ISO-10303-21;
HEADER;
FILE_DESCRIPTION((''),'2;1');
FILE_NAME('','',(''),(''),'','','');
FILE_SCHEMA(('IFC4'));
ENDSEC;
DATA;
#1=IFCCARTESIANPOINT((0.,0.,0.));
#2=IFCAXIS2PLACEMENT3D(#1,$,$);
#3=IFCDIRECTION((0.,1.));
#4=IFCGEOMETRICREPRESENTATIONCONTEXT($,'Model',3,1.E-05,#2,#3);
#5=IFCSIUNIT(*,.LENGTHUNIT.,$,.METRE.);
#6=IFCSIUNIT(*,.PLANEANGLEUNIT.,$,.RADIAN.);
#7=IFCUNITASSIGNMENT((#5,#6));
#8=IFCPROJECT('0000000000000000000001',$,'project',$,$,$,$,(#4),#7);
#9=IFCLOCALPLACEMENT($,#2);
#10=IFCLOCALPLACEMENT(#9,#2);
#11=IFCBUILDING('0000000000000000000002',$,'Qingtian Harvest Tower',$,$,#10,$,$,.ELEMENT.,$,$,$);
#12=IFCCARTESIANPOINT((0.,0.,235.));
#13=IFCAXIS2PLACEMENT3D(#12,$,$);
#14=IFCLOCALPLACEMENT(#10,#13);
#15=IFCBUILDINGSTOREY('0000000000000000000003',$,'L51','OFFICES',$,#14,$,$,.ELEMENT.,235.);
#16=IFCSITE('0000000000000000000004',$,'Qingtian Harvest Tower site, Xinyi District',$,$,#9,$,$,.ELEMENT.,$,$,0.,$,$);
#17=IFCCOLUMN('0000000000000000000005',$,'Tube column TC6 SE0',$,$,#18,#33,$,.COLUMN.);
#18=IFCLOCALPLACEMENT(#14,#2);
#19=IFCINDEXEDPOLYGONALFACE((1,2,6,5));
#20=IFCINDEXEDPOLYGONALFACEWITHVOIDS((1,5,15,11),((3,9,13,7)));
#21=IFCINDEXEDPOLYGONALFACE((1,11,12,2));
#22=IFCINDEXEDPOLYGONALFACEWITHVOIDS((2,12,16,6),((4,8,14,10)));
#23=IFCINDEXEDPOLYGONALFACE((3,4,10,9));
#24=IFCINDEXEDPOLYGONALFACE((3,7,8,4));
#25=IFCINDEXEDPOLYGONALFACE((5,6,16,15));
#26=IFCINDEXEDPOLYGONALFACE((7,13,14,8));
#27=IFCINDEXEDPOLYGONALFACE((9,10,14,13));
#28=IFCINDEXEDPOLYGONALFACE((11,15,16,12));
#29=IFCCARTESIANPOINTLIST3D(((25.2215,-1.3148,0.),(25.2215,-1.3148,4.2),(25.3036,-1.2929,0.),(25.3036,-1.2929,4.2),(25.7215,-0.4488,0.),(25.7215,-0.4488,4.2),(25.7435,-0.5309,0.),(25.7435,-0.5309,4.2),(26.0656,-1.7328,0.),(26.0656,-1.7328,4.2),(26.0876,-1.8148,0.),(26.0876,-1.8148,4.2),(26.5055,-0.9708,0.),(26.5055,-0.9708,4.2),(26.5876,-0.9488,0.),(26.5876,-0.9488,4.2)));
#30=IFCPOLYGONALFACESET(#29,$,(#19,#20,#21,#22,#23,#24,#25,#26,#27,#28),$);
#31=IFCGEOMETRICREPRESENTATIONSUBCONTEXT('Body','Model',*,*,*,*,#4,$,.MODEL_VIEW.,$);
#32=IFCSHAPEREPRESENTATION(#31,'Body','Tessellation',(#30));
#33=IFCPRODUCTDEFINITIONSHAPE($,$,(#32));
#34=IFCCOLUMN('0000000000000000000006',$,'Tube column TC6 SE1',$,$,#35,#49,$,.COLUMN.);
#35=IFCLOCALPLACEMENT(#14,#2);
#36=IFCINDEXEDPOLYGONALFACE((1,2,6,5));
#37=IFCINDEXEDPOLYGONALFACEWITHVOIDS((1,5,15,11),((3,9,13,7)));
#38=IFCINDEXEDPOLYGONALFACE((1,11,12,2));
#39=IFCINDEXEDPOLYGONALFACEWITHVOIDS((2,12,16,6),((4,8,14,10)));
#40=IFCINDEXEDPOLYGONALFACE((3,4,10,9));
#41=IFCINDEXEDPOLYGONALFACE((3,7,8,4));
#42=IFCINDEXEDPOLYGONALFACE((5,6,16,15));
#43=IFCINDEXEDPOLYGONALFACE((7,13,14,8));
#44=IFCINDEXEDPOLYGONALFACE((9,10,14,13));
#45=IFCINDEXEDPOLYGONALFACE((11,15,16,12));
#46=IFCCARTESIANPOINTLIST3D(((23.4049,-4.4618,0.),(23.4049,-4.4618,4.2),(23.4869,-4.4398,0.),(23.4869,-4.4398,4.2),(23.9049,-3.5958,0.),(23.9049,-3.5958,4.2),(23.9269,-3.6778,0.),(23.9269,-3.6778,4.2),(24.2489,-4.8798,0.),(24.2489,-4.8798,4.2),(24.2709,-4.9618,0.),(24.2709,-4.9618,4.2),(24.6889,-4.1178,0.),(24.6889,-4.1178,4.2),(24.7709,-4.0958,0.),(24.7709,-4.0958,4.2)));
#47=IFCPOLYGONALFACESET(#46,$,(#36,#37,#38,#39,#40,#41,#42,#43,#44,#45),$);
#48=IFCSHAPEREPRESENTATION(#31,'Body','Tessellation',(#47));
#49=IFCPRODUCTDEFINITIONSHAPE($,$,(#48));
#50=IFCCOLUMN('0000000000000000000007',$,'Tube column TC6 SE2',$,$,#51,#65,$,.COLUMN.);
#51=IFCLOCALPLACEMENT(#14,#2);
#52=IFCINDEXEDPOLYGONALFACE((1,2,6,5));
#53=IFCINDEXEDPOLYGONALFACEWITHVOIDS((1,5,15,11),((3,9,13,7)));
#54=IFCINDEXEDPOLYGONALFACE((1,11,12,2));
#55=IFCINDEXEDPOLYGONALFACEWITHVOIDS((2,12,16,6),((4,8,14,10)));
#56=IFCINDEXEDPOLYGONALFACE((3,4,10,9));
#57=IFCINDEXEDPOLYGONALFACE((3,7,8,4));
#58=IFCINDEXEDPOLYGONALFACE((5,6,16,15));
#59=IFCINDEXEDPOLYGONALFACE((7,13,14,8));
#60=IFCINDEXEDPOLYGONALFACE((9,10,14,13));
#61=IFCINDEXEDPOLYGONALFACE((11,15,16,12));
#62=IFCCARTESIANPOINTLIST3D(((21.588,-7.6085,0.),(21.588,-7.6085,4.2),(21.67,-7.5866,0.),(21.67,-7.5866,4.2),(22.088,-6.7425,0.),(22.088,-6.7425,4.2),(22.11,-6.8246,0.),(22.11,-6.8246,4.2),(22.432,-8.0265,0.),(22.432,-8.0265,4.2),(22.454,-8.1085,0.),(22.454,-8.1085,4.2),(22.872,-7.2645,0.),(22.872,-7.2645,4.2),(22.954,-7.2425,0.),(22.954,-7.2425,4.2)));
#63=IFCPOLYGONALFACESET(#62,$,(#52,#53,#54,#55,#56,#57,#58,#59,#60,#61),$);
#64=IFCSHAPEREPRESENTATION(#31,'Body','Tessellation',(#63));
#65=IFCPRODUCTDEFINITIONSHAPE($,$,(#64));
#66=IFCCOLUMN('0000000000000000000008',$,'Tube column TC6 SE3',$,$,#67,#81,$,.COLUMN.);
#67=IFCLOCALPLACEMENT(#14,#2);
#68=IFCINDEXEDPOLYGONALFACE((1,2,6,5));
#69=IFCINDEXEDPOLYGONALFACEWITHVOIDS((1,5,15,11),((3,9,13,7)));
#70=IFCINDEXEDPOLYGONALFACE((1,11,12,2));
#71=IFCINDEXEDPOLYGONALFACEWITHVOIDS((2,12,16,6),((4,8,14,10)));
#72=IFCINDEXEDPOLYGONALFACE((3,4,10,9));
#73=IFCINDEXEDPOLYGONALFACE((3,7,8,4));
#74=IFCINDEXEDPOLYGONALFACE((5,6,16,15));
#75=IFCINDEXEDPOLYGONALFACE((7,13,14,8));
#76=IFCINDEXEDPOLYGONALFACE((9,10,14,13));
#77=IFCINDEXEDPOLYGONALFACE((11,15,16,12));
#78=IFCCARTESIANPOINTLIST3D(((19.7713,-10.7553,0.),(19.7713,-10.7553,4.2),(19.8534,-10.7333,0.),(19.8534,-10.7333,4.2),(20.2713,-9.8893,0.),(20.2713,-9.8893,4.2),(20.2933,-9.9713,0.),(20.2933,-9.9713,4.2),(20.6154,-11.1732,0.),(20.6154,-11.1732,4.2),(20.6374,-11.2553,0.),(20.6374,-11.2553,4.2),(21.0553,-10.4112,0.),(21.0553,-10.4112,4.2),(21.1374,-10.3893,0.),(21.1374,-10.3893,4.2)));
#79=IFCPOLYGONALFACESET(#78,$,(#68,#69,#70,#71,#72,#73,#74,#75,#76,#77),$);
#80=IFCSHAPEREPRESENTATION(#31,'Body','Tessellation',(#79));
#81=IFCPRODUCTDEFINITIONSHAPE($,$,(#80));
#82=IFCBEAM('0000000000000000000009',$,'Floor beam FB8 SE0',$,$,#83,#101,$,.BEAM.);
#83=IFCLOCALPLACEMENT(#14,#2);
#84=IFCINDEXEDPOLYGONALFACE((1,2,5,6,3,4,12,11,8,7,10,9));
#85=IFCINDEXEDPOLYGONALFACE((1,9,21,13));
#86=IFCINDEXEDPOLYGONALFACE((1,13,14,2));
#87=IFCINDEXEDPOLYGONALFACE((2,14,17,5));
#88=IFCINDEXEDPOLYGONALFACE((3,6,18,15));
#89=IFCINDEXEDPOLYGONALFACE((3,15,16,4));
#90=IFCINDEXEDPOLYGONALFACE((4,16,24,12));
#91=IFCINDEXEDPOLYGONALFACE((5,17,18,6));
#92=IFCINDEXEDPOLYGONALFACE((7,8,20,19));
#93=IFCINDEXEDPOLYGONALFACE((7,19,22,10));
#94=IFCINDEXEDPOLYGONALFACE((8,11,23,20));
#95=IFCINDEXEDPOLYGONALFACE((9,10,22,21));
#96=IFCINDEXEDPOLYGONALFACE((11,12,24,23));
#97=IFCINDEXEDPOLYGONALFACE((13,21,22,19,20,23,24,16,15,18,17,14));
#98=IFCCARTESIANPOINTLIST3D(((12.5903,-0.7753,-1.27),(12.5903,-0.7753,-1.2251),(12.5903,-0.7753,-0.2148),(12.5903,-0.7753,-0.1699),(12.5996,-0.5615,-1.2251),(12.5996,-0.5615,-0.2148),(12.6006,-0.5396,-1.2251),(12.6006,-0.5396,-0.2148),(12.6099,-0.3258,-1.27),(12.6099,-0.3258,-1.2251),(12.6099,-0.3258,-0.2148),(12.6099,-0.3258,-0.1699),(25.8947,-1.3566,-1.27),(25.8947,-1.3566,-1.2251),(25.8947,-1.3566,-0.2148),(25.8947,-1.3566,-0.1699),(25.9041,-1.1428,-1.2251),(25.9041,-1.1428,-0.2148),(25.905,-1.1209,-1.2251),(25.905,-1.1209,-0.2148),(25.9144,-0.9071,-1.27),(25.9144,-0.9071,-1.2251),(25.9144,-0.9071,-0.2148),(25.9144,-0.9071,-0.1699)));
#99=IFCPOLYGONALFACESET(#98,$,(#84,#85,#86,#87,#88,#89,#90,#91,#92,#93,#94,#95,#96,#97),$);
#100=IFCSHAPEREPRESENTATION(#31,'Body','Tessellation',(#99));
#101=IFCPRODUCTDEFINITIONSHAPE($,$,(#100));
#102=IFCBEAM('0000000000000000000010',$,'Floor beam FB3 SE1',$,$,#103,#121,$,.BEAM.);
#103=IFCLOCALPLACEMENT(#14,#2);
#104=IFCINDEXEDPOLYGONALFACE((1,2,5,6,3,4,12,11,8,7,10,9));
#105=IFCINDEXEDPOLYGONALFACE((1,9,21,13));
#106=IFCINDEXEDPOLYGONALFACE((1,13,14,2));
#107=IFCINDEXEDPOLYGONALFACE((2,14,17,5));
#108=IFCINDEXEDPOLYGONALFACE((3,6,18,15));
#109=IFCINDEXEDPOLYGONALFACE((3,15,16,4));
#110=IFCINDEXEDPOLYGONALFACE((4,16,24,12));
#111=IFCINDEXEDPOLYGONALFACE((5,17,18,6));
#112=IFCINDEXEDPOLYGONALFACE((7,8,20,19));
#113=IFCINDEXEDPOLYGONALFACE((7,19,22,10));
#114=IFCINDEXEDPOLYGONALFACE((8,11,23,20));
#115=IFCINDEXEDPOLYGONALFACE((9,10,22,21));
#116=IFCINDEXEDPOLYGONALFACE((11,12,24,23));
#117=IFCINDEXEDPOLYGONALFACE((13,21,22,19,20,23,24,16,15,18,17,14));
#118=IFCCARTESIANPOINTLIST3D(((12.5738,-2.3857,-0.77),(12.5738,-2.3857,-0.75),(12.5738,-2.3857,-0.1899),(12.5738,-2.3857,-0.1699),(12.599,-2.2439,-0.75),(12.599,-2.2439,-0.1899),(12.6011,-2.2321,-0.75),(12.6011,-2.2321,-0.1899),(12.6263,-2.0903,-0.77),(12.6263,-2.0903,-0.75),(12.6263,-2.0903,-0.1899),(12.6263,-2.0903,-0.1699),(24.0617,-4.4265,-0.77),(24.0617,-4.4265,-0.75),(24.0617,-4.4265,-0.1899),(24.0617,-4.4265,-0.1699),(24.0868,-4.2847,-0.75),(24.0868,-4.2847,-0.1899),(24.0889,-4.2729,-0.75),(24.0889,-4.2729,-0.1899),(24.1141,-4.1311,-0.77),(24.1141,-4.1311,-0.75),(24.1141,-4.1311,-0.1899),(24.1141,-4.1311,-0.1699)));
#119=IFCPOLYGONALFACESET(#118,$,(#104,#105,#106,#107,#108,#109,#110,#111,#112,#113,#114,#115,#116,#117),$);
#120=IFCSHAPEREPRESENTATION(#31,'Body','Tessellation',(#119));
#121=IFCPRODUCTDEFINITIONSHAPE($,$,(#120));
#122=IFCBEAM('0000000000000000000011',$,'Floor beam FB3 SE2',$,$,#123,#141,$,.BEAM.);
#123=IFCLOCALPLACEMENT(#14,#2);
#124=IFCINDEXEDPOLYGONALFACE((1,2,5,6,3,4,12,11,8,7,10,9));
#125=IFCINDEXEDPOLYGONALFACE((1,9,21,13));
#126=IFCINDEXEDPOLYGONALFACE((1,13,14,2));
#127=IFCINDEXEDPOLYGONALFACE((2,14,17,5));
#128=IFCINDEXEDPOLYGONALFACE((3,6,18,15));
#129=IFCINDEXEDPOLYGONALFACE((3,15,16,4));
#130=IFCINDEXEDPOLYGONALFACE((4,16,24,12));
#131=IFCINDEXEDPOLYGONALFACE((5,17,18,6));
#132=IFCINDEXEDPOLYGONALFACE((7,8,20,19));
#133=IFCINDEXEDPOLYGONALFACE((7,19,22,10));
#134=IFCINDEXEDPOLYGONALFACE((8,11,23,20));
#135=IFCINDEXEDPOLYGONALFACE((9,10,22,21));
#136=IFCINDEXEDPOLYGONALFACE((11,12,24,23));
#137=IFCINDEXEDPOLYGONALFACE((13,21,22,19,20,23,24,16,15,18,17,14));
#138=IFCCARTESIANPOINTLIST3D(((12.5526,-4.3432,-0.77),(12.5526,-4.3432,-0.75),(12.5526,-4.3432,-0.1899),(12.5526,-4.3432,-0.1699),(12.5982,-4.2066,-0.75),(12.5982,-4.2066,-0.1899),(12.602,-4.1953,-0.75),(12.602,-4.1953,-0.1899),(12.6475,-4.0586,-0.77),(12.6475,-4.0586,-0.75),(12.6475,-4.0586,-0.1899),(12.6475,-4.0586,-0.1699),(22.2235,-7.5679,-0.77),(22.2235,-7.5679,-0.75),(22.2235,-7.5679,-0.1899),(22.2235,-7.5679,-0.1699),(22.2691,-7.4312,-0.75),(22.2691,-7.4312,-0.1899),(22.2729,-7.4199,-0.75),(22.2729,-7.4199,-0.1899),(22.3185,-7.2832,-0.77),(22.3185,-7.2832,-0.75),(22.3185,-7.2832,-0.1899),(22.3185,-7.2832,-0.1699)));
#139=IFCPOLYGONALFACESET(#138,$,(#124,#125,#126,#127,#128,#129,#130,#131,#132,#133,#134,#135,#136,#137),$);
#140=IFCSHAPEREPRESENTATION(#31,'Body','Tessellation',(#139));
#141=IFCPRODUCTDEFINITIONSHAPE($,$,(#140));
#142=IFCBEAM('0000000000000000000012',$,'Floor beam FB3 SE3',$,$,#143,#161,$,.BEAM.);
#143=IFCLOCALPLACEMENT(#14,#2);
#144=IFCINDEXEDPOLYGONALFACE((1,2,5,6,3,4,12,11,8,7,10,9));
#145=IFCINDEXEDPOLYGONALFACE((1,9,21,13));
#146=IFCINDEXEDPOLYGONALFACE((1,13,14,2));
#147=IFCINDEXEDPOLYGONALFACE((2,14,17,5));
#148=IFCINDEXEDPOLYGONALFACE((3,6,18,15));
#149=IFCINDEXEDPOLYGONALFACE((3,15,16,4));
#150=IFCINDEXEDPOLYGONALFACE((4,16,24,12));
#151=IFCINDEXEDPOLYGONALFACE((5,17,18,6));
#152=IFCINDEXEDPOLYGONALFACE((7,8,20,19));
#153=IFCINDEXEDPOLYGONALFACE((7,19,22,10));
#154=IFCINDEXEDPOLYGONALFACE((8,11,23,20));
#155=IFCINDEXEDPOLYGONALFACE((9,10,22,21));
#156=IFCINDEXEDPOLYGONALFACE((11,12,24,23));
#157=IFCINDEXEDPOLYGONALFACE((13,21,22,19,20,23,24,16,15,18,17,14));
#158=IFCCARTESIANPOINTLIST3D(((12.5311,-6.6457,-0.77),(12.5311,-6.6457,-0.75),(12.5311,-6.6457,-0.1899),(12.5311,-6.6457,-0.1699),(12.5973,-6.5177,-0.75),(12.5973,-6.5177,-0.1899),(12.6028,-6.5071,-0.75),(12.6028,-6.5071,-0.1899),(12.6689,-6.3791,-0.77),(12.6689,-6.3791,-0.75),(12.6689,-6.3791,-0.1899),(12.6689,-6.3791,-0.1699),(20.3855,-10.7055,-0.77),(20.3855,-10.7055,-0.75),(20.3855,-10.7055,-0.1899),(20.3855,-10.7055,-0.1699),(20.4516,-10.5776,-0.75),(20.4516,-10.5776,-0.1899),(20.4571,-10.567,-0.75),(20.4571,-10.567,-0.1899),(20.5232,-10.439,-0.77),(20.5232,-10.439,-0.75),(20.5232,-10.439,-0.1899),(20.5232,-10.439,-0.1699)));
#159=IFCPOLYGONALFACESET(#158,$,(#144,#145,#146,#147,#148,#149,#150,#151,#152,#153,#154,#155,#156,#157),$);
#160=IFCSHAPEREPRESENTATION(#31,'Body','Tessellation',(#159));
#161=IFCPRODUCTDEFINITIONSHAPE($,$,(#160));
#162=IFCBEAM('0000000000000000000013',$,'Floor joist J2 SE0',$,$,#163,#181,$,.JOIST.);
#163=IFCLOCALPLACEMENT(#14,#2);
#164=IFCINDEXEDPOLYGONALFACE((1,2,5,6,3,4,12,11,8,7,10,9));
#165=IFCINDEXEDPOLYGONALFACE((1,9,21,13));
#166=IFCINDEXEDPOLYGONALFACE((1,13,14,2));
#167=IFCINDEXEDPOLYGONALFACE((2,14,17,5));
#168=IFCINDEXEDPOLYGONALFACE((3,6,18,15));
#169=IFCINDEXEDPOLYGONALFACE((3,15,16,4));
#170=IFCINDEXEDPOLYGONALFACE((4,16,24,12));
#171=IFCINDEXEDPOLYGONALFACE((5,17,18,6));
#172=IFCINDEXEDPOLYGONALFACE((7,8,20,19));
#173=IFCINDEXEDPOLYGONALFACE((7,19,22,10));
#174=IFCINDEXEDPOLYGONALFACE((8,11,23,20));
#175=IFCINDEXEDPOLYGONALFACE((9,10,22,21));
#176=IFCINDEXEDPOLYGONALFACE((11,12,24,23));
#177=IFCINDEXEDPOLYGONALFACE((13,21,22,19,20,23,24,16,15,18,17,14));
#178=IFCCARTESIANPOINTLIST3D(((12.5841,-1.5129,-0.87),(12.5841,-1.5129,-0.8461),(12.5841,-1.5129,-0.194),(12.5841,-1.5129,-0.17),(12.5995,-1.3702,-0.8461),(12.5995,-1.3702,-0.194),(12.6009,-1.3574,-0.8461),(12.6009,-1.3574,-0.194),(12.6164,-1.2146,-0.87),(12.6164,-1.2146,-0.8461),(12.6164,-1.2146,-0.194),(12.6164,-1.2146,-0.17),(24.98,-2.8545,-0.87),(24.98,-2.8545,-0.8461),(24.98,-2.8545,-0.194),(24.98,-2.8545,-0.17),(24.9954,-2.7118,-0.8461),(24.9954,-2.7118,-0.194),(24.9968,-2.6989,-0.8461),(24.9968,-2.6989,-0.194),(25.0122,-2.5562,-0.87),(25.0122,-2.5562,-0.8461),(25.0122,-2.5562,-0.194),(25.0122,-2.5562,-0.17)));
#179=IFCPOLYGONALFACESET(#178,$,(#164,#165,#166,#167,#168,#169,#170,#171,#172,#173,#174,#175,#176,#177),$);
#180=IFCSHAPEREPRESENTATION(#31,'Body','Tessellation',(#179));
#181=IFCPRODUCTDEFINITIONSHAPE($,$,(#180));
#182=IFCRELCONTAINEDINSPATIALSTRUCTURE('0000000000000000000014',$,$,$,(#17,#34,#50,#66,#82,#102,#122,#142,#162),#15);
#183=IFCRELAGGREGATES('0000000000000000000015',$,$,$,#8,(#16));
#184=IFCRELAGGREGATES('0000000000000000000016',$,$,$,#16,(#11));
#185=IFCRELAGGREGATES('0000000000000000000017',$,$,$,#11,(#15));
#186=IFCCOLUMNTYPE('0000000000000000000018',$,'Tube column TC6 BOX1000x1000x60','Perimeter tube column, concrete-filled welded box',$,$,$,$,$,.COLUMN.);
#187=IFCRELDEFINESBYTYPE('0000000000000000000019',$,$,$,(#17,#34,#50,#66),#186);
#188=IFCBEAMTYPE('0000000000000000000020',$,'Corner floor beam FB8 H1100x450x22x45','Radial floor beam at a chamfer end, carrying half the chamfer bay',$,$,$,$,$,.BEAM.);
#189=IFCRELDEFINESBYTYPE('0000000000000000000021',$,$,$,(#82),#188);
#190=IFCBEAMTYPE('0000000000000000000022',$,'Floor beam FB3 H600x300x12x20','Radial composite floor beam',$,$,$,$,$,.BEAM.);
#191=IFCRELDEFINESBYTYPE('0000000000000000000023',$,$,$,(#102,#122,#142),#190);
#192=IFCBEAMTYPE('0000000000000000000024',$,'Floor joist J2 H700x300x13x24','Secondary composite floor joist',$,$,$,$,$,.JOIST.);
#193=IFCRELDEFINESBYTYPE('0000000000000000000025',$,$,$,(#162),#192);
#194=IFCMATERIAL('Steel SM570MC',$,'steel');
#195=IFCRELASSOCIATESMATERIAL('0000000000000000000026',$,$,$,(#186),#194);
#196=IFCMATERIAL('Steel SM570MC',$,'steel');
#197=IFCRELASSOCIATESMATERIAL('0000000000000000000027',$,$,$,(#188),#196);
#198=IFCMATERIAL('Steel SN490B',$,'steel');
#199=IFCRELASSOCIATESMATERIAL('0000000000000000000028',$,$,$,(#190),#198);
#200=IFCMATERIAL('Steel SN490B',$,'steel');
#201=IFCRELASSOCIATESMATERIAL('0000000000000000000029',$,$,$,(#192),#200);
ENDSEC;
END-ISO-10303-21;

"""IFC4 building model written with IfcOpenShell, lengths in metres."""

from ifc_helpers import new_model, si_unit, direction, frame, origin, origin_2d, place, context, subcontext, project, spatial, hollow_rectangle, i_section, extrude, material, material_profile, profile_set, type_object, element, save


model = new_model("IFC4")

# Units and contexts
model_context = context("Model", 3, precision=1e-05, world=origin(), true_north=direction((0.0, 1.0)))
body_context = subcontext(model_context, "Body", "Model", "MODEL_VIEW")
ifc_project = project(units=[si_unit("LENGTHUNIT", "METRE"), si_unit("PLANEANGLEUNIT", "RADIAN")], contexts=[model_context])

# Site, building, storey
site_placement = place(None, origin())
site = spatial("IfcSite", under=ifc_project, at=site_placement, Name="Qingtian Harvest Tower site, Xinyi District", CompositionType="ELEMENT", RefElevation=0.0)
building_placement = place(site_placement, origin())
building = spatial("IfcBuilding", under=site, at=building_placement, Name="Qingtian Harvest Tower", CompositionType="ELEMENT")
storey_placement = place(building_placement, frame((0.0, 0.0, 235.0)))
storey = spatial("IfcBuildingStorey", under=building, at=storey_placement, Name="L51", Description="OFFICES", CompositionType="ELEMENT", Elevation=235.0)

# Columns
ifc_material_1 = material(Name="Steel SM570MC", Category="steel")
ifc_material_profile_1 = material_profile(ifc_material_1, hollow_rectangle(XDim=1.0, YDim=1.0, WallThickness=0.0601, at=origin_2d()), Name="BOX1000x1000x60")
ifc_profile_set_1 = profile_set([ifc_material_profile_1], Name="Steel SM570MC")
column_type = type_object("IfcColumnType", Name="Tube column TC6 BOX1000x1000x60", Description="Perimeter tube column, concrete-filled welded box", PredefinedType="COLUMN", material=ifc_profile_set_1)
for number, where, z_axis, x_axis, name in (
    (1, (25.9045, -1.1318, 0.0), (0.0, 0.0, 1.0), (0.5, 0.866025, 0.0), "Tube column TC6 SE0"),
    (2, (24.0879, -4.2788, 0.0), (0.0, 0.0, 1.0), (0.5, 0.866025, 0.0), "Tube column TC6 SE1"),
    (3, (22.271, -7.4255, 0.0), (0.0, 0.0, 1.0), (0.5, 0.866025, 0.0), "Tube column TC6 SE2"),
    (4, (20.4543, -10.5723, 0.0), (0.0, 0.0, 1.0), (0.5, 0.866025, 0.0), "Tube column TC6 SE3"),
):
    element("IfcColumn", number, at=place(storey_placement, frame(where, z_axis=z_axis, x_axis=x_axis)), inside=storey, type_object=column_type, Name=name, PredefinedType="COLUMN", context=body_context, shape_type="SweptSolid", body=[
        extrude(hollow_rectangle(XDim=1.0, YDim=1.0, WallThickness=0.0601, at=origin_2d()), origin(), (0.0, 0.0, 1.0), 4.2),
    ])

# Beams
ifc_material_2 = material(Name="Steel SM570MC", Category="steel")
ifc_material_profile_2 = material_profile(ifc_material_2, i_section(OverallWidth=0.45, OverallDepth=1.1001, WebThickness=0.022, FlangeThickness=0.0449, at=origin_2d()), Name="H1100x450x22x45")
ifc_profile_set_2 = profile_set([ifc_material_profile_2], Name="Steel SM570MC")
beam_type_1 = type_object("IfcBeamType", Name="Corner floor beam FB8 H1100x450x22x45", Description="Radial floor beam at a chamfer end, carrying half the chamfer bay", PredefinedType="BEAM", material=ifc_profile_set_2)
beam_1_placement = place(storey_placement, frame((25.9045, -1.1318, -0.72), z_axis=(-0.999047, 0.04365, 0.0), x_axis=(-0.04365, -0.999047, 0.0)))
element("IfcBeam", 5, at=beam_1_placement, inside=storey, type_object=beam_type_1, Name="Floor beam FB8 SE0", PredefinedType="BEAM", context=body_context, shape_type="SweptSolid", body=[
    extrude(i_section(OverallWidth=0.45, OverallDepth=1.1001, WebThickness=0.022, FlangeThickness=0.0449, at=origin_2d()), origin(), (0.0, 0.0, 1.0), 13.3171),
])
ifc_material_3 = material(Name="Steel SN490B", Category="steel")
ifc_material_profile_3 = material_profile(ifc_material_3, i_section(OverallWidth=0.3, OverallDepth=0.6001, WebThickness=0.012, FlangeThickness=0.02, at=origin_2d()), Name="H600x300x12x20")
ifc_profile_set_3 = profile_set([ifc_material_profile_3], Name="Steel SN490B")
beam_type_2 = type_object("IfcBeamType", Name="Floor beam FB3 H600x300x12x20", Description="Radial composite floor beam", PredefinedType="BEAM", material=ifc_profile_set_3)
beam_2_placement = place(storey_placement, frame((24.0879, -4.2788, -0.47), z_axis=(-0.984585, 0.174908, 0.0), x_axis=(-0.174908, -0.984585, 0.0)))
element("IfcBeam", 6, at=beam_2_placement, inside=storey, type_object=beam_type_2, Name="Floor beam FB3 SE1", PredefinedType="BEAM", context=body_context, shape_type="SweptSolid", body=[
    extrude(i_section(OverallWidth=0.3, OverallDepth=0.6001, WebThickness=0.012, FlangeThickness=0.02, at=origin_2d()), origin(), (0.0, 0.0, 1.0), 11.6677),
])
beam_3_placement = place(storey_placement, frame((22.271, -7.4255, -0.47), z_axis=(-0.948655, 0.316314, 0.0), x_axis=(-0.316314, -0.948655, 0.0)))
element("IfcBeam", 7, at=beam_3_placement, inside=storey, type_object=beam_type_2, Name="Floor beam FB3 SE2", PredefinedType="BEAM", context=body_context, shape_type="SweptSolid", body=[
    extrude(i_section(OverallWidth=0.3, OverallDepth=0.6001, WebThickness=0.012, FlangeThickness=0.02, at=origin_2d()), origin(), (0.0, 0.0, 1.0), 10.1943),
])
beam_4_placement = place(storey_placement, frame((20.4543, -10.5723, -0.47), z_axis=(-0.888344, 0.45918, 0.0), x_axis=(-0.45918, -0.888344, 0.0)))
element("IfcBeam", 8, at=beam_4_placement, inside=storey, type_object=beam_type_2, Name="Floor beam FB3 SE3", PredefinedType="BEAM", context=body_context, shape_type="SweptSolid", body=[
    extrude(i_section(OverallWidth=0.3, OverallDepth=0.6001, WebThickness=0.012, FlangeThickness=0.02, at=origin_2d()), origin(), (0.0, 0.0, 1.0), 8.8416),
])
ifc_material_4 = material(Name="Steel SN490B", Category="steel")
ifc_material_profile_4 = material_profile(ifc_material_4, i_section(OverallWidth=0.3, OverallDepth=0.7, WebThickness=0.0129, FlangeThickness=0.0239, at=origin_2d()), Name="H700x300x13x24")
ifc_profile_set_4 = profile_set([ifc_material_profile_4], Name="Steel SN490B")
beam_type_3 = type_object("IfcBeamType", Name="Floor joist J2 H700x300x13x24", Description="Secondary composite floor joist", PredefinedType="JOIST", material=ifc_profile_set_4)
beam_5_placement = place(storey_placement, frame((24.9961, -2.7053, -0.52), z_axis=(-0.994195, 0.107596, 0.0), x_axis=(-0.107596, -0.994195, 0.0)))
element("IfcBeam", 9, at=beam_5_placement, inside=storey, type_object=beam_type_3, Name="Floor joist J2 SE0", PredefinedType="JOIST", context=body_context, shape_type="SweptSolid", body=[
    extrude(i_section(OverallWidth=0.3, OverallDepth=0.7, WebThickness=0.0129, FlangeThickness=0.0239, at=origin_2d()), origin(), (0.0, 0.0, 1.0), 12.4683),
])

save(model, "model.ifc")
